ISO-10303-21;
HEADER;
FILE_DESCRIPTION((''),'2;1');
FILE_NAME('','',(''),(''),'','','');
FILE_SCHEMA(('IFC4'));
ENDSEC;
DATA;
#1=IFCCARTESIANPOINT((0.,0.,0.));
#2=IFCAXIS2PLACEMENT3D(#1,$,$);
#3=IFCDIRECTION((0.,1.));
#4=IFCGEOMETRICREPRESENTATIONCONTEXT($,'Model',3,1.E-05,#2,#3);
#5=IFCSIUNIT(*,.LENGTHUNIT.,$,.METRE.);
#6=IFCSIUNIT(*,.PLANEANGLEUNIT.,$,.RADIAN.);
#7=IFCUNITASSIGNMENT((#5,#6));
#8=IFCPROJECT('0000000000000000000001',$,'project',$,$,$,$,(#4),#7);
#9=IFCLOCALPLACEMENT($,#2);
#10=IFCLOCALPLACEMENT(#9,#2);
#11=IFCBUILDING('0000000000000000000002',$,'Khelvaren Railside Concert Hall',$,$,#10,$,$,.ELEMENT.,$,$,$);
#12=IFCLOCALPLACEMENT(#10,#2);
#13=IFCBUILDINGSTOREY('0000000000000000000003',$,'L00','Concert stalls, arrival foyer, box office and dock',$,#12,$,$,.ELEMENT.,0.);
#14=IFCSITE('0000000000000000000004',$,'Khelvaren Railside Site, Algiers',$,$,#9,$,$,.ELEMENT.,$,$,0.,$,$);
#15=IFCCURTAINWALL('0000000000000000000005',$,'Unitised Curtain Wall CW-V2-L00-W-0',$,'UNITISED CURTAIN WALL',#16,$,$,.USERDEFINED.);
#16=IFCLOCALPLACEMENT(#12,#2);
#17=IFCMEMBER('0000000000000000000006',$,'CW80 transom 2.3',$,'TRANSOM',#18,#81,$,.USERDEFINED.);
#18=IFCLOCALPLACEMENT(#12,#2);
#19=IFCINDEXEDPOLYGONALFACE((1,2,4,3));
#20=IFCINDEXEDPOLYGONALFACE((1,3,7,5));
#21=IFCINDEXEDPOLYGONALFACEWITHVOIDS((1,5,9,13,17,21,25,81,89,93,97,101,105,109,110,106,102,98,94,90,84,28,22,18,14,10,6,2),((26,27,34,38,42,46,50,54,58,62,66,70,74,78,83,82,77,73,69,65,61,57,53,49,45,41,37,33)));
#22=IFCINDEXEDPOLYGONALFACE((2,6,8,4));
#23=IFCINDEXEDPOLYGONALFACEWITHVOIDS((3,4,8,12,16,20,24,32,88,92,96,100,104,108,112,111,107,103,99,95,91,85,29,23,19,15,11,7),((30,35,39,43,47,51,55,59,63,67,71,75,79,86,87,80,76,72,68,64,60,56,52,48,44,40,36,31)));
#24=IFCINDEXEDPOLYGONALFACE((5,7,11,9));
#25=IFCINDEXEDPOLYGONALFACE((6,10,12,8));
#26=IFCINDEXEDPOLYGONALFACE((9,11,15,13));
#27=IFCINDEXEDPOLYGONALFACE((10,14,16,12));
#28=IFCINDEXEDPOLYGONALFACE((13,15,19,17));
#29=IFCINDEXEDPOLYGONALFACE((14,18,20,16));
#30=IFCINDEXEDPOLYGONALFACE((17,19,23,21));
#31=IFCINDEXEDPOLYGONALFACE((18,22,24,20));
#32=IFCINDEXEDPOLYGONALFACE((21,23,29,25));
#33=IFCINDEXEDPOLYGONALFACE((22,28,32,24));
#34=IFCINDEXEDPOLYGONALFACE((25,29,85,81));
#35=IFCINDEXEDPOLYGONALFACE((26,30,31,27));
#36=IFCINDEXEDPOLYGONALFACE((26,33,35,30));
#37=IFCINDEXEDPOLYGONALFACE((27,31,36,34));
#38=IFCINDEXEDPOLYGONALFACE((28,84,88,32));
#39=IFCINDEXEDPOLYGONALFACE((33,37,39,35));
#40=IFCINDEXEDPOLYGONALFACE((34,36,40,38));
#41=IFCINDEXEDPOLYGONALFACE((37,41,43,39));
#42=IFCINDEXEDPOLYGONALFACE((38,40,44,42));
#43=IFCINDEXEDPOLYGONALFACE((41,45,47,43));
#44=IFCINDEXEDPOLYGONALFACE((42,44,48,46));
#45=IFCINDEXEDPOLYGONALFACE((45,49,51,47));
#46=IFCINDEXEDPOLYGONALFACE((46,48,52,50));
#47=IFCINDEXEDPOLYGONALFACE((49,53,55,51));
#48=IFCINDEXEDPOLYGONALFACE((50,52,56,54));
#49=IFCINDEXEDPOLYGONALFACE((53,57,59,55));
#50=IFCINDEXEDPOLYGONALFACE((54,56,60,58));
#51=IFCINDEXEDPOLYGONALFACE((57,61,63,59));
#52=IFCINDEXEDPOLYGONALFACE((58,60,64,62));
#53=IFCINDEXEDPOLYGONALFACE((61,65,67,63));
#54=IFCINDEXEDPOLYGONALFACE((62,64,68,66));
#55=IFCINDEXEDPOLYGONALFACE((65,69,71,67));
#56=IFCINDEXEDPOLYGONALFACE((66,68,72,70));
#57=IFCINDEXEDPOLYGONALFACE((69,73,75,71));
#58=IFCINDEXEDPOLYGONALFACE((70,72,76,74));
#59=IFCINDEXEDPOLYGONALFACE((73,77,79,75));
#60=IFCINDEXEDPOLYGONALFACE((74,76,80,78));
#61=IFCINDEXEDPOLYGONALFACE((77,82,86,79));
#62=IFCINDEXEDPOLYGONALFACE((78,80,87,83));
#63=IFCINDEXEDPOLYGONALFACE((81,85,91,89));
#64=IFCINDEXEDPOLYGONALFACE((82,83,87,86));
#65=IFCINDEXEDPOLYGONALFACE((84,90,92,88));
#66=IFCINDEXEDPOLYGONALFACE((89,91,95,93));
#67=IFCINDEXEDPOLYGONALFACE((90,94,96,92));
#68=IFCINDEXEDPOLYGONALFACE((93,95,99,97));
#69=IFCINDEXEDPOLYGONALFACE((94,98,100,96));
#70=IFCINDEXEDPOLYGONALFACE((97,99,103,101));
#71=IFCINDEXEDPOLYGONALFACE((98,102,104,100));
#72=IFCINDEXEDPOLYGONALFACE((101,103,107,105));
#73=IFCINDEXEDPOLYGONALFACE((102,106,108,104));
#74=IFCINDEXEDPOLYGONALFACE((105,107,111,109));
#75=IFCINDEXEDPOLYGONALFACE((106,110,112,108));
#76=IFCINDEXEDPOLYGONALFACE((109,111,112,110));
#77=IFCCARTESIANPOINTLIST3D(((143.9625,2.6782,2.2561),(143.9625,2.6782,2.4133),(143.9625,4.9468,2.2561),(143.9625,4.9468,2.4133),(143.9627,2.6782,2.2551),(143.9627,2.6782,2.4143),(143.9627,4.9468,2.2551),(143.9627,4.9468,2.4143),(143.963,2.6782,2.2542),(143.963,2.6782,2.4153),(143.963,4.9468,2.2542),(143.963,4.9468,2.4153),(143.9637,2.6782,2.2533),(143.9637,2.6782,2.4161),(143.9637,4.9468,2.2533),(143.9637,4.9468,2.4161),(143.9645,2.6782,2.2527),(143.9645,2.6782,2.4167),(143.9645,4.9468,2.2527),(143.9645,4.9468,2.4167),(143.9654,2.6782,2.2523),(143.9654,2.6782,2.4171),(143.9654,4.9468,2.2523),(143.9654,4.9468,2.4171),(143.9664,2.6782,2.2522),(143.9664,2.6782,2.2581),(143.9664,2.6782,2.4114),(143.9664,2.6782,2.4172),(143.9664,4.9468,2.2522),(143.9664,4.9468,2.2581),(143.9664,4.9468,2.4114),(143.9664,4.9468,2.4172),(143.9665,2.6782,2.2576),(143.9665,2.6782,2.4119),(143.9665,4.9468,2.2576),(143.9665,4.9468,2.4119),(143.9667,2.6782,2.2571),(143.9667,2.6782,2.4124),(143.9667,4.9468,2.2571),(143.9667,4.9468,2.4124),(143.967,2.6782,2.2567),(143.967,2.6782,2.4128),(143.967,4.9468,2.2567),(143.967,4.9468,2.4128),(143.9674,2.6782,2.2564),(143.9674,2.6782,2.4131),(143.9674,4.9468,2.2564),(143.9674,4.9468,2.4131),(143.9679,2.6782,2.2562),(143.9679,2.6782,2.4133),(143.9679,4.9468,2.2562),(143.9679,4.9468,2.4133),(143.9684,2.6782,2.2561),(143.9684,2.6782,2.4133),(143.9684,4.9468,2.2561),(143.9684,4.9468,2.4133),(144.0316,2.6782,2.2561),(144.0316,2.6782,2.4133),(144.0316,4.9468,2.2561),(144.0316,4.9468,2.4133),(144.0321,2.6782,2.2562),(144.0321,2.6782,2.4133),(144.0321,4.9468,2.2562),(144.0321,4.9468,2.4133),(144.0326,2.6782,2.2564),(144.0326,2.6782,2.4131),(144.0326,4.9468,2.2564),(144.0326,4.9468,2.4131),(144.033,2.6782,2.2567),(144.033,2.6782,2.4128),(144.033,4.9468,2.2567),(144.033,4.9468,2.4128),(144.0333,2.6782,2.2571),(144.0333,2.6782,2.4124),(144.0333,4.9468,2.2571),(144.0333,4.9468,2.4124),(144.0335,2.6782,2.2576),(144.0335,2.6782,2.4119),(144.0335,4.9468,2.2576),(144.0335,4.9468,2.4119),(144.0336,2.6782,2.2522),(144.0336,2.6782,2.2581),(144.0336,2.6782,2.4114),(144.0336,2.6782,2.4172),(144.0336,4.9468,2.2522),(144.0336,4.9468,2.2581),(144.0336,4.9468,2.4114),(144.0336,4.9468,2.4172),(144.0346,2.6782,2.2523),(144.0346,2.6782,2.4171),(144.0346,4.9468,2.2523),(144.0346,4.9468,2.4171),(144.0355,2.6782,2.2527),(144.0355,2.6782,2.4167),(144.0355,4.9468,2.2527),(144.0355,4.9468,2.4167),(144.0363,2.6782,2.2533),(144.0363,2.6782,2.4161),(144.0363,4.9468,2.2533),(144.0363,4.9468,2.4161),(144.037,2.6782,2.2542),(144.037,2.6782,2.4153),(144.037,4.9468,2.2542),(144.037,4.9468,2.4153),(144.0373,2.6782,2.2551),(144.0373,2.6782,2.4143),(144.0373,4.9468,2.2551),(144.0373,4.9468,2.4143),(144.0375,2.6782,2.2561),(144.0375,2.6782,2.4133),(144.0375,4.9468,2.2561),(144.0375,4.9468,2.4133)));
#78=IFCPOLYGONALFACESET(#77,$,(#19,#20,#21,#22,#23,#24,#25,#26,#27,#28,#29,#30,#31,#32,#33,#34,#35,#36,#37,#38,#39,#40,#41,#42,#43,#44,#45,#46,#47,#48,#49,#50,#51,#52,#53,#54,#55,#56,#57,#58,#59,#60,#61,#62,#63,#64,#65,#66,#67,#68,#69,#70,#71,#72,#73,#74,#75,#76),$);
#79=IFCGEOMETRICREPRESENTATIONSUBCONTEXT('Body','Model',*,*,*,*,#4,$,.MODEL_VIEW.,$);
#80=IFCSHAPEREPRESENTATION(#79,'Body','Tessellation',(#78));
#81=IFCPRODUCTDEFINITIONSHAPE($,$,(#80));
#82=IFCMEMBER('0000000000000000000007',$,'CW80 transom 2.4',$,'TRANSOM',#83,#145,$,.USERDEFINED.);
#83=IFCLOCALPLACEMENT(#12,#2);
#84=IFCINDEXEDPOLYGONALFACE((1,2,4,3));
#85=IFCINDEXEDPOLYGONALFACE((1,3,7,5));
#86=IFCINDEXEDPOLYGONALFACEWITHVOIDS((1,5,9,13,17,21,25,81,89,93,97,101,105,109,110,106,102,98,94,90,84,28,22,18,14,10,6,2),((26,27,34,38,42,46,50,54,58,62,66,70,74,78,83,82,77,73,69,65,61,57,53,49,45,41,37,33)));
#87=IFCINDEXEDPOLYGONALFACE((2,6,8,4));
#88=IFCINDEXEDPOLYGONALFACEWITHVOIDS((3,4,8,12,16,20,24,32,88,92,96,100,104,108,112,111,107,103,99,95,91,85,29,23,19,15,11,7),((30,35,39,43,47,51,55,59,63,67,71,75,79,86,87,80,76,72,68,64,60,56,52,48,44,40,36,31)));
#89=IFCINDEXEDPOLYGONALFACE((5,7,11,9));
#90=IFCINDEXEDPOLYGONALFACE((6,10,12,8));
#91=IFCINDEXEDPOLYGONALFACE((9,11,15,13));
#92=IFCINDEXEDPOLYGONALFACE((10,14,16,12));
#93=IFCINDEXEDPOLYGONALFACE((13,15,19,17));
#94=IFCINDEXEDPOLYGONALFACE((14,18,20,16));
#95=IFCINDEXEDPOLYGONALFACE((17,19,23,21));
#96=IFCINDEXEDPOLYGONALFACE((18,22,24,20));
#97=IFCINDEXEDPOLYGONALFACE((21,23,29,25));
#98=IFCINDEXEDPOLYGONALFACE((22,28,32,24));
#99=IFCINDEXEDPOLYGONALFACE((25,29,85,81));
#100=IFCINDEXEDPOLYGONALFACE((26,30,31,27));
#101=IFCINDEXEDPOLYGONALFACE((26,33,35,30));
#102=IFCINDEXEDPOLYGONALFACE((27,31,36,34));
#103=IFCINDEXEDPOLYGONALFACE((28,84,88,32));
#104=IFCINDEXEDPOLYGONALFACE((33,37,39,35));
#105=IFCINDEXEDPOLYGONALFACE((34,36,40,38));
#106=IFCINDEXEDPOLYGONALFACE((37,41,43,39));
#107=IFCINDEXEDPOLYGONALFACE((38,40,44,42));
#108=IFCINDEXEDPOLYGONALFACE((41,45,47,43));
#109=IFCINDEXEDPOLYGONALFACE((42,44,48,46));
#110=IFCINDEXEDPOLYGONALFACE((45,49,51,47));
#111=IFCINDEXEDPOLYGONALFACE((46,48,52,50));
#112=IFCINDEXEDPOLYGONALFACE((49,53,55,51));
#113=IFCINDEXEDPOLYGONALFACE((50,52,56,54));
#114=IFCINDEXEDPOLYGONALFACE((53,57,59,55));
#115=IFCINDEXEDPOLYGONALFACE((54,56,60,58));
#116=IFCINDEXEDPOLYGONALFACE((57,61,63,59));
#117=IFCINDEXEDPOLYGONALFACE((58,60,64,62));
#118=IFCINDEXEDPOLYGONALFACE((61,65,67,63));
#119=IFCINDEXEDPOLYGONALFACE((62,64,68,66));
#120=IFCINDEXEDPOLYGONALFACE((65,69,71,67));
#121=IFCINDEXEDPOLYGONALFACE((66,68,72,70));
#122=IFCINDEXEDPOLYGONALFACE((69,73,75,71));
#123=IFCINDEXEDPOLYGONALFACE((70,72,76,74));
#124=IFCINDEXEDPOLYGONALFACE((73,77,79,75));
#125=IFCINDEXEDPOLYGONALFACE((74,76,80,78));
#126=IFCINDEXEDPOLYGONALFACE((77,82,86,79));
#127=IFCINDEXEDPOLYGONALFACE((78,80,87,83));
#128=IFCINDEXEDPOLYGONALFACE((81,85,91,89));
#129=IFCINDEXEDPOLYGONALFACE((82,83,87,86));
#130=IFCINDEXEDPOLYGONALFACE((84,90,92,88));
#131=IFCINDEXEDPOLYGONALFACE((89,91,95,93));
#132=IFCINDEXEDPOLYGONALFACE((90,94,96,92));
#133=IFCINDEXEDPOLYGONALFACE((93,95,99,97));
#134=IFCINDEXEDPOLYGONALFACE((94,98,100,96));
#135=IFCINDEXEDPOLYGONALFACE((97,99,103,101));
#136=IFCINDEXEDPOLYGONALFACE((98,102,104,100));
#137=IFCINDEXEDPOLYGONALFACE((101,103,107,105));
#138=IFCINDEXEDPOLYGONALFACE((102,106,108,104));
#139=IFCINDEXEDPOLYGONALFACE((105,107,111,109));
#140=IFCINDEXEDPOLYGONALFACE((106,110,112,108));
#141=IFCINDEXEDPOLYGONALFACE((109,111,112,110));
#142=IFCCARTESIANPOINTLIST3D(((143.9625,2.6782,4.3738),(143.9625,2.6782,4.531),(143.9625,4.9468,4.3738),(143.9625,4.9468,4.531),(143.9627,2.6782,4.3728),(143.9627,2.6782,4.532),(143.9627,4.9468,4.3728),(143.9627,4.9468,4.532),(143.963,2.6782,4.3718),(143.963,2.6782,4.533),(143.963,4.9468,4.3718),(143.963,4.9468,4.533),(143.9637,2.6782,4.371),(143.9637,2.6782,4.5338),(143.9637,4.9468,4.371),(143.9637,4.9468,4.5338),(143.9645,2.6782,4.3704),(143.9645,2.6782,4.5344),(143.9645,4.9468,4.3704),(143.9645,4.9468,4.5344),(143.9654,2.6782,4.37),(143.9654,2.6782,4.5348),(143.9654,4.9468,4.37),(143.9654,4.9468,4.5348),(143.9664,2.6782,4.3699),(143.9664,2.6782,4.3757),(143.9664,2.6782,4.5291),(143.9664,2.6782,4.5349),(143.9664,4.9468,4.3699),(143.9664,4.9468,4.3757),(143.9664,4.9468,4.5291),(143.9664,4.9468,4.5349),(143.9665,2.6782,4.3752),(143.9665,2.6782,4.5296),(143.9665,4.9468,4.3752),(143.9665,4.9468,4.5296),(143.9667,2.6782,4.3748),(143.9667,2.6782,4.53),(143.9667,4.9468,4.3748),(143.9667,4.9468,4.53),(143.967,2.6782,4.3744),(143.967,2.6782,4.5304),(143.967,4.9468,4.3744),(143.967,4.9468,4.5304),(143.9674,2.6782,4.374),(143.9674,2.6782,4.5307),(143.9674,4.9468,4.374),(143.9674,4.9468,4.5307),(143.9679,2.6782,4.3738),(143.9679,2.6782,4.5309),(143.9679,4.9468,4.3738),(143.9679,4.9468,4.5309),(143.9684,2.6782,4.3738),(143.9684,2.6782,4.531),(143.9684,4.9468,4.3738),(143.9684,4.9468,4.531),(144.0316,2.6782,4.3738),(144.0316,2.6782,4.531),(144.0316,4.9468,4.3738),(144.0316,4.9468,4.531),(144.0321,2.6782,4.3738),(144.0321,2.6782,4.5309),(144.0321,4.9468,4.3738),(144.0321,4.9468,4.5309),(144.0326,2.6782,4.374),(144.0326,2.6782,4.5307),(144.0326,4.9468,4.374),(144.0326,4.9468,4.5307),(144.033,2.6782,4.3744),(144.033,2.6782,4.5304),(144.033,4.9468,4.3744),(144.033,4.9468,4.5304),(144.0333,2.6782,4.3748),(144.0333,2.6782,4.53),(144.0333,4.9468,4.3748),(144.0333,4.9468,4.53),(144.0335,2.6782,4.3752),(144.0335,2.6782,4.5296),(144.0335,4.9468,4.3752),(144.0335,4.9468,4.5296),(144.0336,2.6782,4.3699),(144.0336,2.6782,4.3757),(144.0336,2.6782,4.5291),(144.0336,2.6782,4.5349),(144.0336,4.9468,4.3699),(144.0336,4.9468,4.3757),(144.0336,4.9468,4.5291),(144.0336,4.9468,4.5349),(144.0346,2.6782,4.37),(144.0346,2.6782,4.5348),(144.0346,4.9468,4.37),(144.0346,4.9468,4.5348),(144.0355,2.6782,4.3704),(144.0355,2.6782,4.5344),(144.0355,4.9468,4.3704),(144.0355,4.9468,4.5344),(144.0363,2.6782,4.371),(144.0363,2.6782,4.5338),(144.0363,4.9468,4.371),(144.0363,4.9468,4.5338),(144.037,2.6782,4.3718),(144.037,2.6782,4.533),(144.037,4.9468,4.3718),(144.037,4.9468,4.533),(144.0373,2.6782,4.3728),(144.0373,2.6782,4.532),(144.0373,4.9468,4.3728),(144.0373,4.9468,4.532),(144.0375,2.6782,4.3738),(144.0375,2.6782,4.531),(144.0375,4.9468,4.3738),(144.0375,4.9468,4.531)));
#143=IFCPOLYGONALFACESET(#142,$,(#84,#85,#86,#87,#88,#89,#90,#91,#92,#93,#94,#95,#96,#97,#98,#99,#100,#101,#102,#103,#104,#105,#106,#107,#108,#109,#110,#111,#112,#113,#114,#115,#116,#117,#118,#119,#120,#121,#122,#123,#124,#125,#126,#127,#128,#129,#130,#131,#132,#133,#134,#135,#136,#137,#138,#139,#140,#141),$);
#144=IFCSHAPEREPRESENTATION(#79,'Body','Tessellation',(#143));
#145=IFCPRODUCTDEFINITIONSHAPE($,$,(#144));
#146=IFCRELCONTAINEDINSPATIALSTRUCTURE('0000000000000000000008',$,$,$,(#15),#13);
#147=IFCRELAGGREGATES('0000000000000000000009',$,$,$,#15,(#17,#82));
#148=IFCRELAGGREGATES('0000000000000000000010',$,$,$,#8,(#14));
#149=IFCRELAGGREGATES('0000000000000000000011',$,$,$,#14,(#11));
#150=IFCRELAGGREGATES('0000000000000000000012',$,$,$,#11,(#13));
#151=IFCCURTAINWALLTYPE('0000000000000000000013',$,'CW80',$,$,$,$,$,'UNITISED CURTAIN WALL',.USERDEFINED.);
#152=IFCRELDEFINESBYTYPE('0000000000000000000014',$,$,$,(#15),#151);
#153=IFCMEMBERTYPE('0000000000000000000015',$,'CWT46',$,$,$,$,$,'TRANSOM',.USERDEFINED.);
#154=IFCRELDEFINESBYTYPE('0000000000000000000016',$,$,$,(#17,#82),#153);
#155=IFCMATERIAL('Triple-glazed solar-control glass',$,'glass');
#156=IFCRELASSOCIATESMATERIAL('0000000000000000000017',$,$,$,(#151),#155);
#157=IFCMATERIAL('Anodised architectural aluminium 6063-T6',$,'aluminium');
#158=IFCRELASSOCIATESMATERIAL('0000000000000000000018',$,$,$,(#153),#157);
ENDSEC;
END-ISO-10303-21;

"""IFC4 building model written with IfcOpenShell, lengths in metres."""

from ifc_helpers import new_model, si_unit, direction, frame, origin, origin_2d, place, context, subcontext, project, spatial, hollow_rectangle, extrude, material, material_profile, profile_set, type_object, element, aggregate, save


model = new_model("IFC4")

# Units and contexts
model_context = context("Model", 3, precision=1e-05, world=origin(), true_north=direction((0.0, 1.0)))
body_context = subcontext(model_context, "Body", "Model", "MODEL_VIEW")
ifc_project = project(units=[si_unit("LENGTHUNIT", "METRE"), si_unit("PLANEANGLEUNIT", "RADIAN")], contexts=[model_context])

# Site, building, storey
site_placement = place(None, origin())
site = spatial("IfcSite", under=ifc_project, at=site_placement, Name="Khelvaren Railside Site, Algiers", CompositionType="ELEMENT", RefElevation=0.0)
building_placement = place(site_placement, origin())
building = spatial("IfcBuilding", under=site, at=building_placement, Name="Khelvaren Railside Concert Hall", CompositionType="ELEMENT")
storey_placement = place(building_placement, origin())
storey = spatial("IfcBuildingStorey", under=building, at=storey_placement, Name="L00", Description="Concert stalls, arrival foyer, box office and dock", CompositionType="ELEMENT", Elevation=0.0)

# Curtain wall
ifc_material_1 = material(Name="Triple-glazed solar-control glass", Category="glass")
curtain_wall_type_1 = type_object("IfcCurtainWallType", Name="CW80", ElementType="UNITISED CURTAIN WALL", PredefinedType="USERDEFINED", material=ifc_material_1)
curtain_wall_1_placement = place(storey_placement, origin())
curtain_wall_1 = element("IfcCurtainWall", 1, at=curtain_wall_1_placement, inside=storey, type_object=curtain_wall_type_1, Name="Unitised Curtain Wall CW-V2-L00-W-0", ObjectType="UNITISED CURTAIN WALL", PredefinedType="USERDEFINED")
ifc_material_2 = material(Name="Anodised architectural aluminium 6063-T6", Category="aluminium")

# Members
ifc_material_profile_1 = material_profile(ifc_material_2, hollow_rectangle(XDim=0.075, YDim=0.165, WallThickness=0.0039, InnerFilletRadius=0.002, OuterFilletRadius=0.0039, at=origin_2d()), Name="CWT 75x165x4")
ifc_profile_set_1 = profile_set([ifc_material_profile_1], Name="Anodised architectural aluminium 6063-T6")
member_type_1 = type_object("IfcMemberType", Name="CWT46", ElementType="TRANSOM", PredefinedType="USERDEFINED", material=ifc_profile_set_1)
member_1_placement = place(storey_placement, frame((144.0, 2.6782, 2.3347), z_axis=(0.0, 1.0, 0.0), x_axis=(-1.0, 0.0, 0.0)))
member_1 = element("IfcMember", 2, at=member_1_placement, type_object=member_type_1, Name="CW80 transom 2.3", ObjectType="TRANSOM", PredefinedType="USERDEFINED", context=body_context, shape_type="SweptSolid", body=[
    extrude(hollow_rectangle(XDim=0.075, YDim=0.165, WallThickness=0.0039, InnerFilletRadius=0.002, OuterFilletRadius=0.0039, at=origin_2d()), origin(), (0.0, 0.0, 1.0), 2.2686),
])
member_2_placement = place(storey_placement, frame((144.0, 2.6782, 4.4524), z_axis=(0.0, 1.0, 0.0), x_axis=(-1.0, 0.0, 0.0)))
member_2 = element("IfcMember", 3, at=member_2_placement, type_object=member_type_1, Name="CW80 transom 2.4", ObjectType="TRANSOM", PredefinedType="USERDEFINED", context=body_context, shape_type="SweptSolid", body=[
    extrude(hollow_rectangle(XDim=0.075, YDim=0.165, WallThickness=0.0039, InnerFilletRadius=0.002, OuterFilletRadius=0.0039, at=origin_2d()), origin(), (0.0, 0.0, 1.0), 2.2686),
])

aggregate(curtain_wall_1, [member_1, member_2])

save(model, "model.ifc")
